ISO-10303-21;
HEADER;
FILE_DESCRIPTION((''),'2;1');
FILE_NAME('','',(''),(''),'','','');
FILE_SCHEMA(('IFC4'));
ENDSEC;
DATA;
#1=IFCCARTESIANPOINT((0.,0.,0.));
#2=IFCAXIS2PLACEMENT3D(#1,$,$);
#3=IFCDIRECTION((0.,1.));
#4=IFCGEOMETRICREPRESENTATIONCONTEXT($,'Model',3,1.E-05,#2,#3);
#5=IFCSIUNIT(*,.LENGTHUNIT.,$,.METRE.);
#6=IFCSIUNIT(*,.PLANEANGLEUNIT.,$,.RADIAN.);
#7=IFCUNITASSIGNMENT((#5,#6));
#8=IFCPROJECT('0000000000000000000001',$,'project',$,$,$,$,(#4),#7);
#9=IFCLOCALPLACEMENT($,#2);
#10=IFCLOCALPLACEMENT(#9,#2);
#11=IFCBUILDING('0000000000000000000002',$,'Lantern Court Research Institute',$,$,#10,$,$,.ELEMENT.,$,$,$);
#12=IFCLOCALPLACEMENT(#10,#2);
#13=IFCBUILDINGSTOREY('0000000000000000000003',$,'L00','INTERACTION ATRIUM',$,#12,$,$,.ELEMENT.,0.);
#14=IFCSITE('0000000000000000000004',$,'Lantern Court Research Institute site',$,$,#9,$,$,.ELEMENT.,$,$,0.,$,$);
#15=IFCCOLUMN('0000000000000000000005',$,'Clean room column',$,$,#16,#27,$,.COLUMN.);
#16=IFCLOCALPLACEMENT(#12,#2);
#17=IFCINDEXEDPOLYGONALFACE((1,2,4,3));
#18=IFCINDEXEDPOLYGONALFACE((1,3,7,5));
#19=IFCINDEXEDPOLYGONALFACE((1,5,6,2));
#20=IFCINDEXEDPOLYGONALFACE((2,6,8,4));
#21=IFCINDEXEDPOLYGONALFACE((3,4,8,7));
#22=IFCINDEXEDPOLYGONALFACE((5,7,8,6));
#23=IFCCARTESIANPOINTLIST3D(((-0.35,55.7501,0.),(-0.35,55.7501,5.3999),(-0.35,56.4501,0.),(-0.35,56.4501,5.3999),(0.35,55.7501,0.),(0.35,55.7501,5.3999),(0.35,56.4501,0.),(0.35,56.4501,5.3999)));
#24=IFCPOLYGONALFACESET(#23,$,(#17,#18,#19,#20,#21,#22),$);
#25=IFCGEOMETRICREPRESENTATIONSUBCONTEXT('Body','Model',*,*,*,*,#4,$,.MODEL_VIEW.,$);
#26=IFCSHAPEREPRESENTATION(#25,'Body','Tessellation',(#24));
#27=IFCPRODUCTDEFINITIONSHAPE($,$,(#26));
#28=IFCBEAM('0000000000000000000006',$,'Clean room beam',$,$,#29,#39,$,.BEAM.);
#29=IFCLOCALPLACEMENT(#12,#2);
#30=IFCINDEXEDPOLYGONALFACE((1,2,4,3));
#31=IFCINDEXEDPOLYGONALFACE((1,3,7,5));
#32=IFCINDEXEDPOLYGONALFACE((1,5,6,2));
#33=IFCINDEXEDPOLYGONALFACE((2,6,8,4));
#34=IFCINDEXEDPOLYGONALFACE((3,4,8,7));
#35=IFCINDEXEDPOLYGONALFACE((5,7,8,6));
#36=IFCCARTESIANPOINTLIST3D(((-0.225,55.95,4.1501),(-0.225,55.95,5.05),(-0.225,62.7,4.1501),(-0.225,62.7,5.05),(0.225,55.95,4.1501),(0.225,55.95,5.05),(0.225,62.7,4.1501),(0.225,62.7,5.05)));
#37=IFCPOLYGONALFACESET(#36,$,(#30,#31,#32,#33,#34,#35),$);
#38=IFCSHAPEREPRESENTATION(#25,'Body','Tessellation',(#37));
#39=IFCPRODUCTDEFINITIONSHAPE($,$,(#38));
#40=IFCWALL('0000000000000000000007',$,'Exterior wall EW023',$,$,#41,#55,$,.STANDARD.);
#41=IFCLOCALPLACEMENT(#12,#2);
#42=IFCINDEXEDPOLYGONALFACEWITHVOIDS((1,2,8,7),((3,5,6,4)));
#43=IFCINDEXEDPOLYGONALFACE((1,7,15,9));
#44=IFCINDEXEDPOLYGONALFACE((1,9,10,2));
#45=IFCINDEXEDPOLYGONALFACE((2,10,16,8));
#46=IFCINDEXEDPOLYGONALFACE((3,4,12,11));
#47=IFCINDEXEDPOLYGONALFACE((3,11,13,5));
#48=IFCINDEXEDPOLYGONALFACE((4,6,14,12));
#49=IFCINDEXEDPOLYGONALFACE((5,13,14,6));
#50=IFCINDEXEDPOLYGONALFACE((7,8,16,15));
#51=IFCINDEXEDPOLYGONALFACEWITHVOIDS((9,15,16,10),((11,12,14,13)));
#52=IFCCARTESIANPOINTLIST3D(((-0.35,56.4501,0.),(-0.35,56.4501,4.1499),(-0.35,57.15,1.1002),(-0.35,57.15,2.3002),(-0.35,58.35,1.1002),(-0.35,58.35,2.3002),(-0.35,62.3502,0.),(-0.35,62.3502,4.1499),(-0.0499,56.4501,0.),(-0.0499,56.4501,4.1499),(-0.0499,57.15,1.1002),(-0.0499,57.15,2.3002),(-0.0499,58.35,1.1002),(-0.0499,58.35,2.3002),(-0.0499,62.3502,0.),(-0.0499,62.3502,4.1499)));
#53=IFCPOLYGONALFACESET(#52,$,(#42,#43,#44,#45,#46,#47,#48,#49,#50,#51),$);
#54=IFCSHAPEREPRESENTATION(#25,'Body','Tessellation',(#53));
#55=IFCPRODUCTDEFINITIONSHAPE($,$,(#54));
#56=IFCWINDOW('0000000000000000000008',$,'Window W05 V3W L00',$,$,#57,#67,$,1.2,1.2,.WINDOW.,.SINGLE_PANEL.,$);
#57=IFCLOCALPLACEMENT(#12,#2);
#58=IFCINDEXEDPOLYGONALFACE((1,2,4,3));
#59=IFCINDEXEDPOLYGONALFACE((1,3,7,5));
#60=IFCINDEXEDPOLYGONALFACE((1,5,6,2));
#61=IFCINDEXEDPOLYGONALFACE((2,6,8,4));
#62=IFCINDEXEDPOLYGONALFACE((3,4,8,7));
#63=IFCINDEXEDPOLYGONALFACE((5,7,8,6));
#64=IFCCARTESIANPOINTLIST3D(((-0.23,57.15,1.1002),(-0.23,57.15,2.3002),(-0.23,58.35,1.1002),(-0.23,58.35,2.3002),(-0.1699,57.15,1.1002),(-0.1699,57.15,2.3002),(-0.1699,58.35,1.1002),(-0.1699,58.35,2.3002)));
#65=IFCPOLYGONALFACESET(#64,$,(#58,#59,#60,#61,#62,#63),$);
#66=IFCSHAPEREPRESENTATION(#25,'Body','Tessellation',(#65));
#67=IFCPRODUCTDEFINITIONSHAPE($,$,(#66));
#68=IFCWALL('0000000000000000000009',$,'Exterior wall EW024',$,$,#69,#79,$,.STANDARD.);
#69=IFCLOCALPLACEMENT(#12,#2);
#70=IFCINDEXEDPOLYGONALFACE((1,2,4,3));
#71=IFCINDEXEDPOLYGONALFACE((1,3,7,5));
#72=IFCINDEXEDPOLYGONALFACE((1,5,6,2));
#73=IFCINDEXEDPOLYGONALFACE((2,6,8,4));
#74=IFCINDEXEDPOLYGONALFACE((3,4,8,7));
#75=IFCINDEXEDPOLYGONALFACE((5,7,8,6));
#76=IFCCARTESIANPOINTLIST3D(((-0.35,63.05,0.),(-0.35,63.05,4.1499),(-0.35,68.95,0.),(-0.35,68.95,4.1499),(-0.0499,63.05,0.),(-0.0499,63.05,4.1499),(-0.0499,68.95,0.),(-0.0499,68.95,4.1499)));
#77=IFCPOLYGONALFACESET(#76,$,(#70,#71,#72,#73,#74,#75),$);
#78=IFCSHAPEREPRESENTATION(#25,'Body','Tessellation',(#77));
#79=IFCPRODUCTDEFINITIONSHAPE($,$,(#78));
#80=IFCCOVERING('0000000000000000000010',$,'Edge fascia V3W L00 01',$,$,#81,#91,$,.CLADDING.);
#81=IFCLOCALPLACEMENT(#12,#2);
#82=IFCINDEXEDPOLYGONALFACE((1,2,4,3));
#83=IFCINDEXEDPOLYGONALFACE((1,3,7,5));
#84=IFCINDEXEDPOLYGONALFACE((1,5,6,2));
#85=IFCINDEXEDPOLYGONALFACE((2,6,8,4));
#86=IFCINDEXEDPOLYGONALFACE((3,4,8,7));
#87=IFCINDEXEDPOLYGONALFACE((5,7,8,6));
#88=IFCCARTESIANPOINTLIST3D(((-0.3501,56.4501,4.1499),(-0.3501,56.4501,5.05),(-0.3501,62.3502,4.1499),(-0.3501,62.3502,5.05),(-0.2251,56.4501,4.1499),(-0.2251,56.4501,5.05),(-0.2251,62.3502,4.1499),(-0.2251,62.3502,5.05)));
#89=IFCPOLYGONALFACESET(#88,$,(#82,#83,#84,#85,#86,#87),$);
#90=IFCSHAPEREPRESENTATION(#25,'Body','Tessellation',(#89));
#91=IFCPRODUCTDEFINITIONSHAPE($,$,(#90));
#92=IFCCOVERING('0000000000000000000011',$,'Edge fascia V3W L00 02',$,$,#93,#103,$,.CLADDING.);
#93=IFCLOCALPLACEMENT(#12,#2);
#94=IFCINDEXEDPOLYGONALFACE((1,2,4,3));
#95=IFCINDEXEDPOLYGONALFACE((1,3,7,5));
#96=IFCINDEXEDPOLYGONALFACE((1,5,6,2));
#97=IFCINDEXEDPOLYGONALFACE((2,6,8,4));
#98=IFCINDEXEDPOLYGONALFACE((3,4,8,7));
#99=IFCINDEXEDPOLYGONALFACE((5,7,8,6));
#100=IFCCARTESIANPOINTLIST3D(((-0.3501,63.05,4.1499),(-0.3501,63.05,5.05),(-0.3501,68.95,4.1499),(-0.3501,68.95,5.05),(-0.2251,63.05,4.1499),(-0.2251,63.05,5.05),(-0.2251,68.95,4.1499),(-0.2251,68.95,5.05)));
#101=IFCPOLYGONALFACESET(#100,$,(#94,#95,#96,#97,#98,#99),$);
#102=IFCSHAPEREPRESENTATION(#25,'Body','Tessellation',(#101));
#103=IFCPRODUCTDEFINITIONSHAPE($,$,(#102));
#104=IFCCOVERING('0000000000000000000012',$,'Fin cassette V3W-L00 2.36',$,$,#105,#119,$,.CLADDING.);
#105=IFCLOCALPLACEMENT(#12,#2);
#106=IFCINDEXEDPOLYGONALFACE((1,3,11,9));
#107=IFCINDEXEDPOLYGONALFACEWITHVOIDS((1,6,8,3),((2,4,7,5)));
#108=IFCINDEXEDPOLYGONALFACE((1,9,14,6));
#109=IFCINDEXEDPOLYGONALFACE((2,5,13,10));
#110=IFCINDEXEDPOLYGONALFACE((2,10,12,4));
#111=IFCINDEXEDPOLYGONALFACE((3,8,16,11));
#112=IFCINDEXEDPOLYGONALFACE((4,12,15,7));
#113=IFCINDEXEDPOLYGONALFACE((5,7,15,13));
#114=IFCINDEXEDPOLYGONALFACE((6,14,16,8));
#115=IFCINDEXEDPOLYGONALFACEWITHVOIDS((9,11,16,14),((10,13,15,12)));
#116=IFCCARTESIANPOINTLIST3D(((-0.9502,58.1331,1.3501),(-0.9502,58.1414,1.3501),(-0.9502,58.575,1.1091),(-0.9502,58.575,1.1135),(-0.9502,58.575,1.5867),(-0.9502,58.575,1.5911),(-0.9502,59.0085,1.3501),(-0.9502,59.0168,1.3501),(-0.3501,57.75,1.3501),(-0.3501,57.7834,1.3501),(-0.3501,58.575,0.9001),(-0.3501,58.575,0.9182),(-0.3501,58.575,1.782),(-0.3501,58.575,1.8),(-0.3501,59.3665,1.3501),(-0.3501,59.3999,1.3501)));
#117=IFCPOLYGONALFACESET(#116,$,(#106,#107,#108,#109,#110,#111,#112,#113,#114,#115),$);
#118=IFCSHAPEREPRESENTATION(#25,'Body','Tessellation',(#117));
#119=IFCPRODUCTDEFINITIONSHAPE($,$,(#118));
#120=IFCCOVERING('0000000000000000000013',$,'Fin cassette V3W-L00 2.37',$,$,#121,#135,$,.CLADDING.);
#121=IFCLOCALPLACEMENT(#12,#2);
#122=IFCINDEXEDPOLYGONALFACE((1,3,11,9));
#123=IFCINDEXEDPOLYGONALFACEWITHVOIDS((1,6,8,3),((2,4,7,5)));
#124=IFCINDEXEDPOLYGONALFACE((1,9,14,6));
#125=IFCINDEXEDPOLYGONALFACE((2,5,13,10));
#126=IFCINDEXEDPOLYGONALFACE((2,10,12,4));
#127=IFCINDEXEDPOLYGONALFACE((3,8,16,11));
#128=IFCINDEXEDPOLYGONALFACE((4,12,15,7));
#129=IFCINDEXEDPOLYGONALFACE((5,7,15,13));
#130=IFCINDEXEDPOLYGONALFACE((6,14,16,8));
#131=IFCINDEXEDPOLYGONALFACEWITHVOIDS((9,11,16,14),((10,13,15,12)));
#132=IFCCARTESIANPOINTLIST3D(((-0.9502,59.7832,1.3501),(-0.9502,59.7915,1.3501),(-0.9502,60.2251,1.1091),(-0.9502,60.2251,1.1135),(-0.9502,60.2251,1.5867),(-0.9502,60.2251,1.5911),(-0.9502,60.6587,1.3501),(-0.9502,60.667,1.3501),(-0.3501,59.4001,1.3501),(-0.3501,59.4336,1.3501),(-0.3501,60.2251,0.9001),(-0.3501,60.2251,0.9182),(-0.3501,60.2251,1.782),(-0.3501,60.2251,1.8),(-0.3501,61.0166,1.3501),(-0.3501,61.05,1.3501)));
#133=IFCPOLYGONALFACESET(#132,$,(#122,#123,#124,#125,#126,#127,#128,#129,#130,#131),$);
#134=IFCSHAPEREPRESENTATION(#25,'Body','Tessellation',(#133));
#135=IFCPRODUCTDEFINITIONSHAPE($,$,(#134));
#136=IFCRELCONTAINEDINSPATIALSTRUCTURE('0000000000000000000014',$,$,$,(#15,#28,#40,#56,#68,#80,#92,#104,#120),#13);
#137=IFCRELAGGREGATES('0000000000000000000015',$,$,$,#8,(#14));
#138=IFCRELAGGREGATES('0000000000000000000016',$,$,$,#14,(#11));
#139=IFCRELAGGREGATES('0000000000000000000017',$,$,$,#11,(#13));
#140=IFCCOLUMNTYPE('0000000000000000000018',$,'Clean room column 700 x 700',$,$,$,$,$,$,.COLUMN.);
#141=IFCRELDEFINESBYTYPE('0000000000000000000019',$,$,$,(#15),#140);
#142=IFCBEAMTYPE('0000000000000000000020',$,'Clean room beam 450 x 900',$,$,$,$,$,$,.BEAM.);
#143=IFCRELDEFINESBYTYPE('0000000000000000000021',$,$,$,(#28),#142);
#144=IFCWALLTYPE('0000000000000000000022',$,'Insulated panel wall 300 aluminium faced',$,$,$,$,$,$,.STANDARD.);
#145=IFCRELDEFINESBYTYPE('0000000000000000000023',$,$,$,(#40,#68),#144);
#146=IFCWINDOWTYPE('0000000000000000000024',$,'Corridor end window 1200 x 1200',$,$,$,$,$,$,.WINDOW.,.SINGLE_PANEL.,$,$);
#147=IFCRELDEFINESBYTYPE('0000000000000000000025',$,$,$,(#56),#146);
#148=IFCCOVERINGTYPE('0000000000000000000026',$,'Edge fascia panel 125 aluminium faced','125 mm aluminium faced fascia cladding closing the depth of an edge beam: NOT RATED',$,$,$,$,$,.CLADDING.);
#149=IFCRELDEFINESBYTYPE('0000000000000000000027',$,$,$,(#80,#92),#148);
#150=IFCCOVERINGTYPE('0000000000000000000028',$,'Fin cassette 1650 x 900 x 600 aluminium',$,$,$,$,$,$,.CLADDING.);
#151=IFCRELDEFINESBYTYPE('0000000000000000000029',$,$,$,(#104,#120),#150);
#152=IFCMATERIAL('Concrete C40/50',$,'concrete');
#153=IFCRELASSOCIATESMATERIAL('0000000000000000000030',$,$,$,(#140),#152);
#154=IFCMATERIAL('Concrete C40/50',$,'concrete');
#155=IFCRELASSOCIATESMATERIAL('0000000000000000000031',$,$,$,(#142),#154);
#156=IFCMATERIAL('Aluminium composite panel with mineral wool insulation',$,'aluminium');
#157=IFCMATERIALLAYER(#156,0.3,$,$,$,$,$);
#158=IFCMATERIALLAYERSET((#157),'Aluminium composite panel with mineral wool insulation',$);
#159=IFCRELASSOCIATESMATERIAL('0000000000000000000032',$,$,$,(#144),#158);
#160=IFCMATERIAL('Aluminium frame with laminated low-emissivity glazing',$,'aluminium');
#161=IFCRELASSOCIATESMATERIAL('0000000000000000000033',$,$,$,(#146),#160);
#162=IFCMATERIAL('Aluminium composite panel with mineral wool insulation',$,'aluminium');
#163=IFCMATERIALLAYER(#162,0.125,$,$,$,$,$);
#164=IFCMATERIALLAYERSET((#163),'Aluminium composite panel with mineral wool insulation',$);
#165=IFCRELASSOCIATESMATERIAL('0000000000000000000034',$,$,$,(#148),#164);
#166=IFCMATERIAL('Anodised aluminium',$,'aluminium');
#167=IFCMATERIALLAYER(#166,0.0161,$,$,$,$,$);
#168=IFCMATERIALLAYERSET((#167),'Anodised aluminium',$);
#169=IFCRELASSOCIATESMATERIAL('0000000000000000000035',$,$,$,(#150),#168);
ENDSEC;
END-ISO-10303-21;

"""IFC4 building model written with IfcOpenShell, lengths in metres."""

from ifc_helpers import new_model, entity, si_unit, direction, frame, frame_2d, origin, origin_2d, place, context, subcontext, project, spatial, rectangle, extrude, material, layer, layer_set, material_profile, profile_set, type_object, element, fill, save


model = new_model("IFC4")

# Units and contexts
model_context = context("Model", 3, precision=1e-05, world=origin(), true_north=direction((0.0, 1.0)))
body_context = subcontext(model_context, "Body", "Model", "MODEL_VIEW")
ifc_project = project(units=[si_unit("LENGTHUNIT", "METRE"), si_unit("PLANEANGLEUNIT", "RADIAN")], contexts=[model_context])

# Site, building, storey
site_placement = place(None, origin())
site = spatial("IfcSite", under=ifc_project, at=site_placement, Name="Lantern Court Research Institute site", CompositionType="ELEMENT", RefElevation=0.0)
building_placement = place(site_placement, origin())
building = spatial("IfcBuilding", under=site, at=building_placement, Name="Lantern Court Research Institute", CompositionType="ELEMENT")
storey_placement = place(building_placement, origin())
storey = spatial("IfcBuildingStorey", under=building, at=storey_placement, Name="L00", Description="INTERACTION ATRIUM", CompositionType="ELEMENT", Elevation=0.0)

# Column
ifc_material_1 = material(Name="Concrete C40/50", Category="concrete")
ifc_material_profile_1 = material_profile(ifc_material_1, rectangle(XDim=0.7, YDim=0.7, at=origin_2d()), Name="Clean room column 700 x 700")
ifc_profile_set_1 = profile_set([ifc_material_profile_1], Name="Concrete C40/50")
column_type = type_object("IfcColumnType", Name="Clean room column 700 x 700", PredefinedType="COLUMN", material=ifc_profile_set_1)
column_placement = place(storey_placement, frame((0.0, 56.1001, 0.0), z_axis=(0.0, 0.0, 1.0), x_axis=(1.0, 0.0, 0.0)))
element("IfcColumn", 1, at=column_placement, inside=storey, type_object=column_type, Name="Clean room column", PredefinedType="COLUMN", context=body_context, shape_type="SweptSolid", body=[
    extrude(rectangle(XDim=0.7, YDim=0.7, at=origin_2d()), origin(), (0.0, 0.0, 1.0), 5.3999),
])

# Beam
ifc_material_2 = material(Name="Concrete C40/50", Category="concrete")
ifc_material_profile_2 = material_profile(ifc_material_2, rectangle(XDim=0.45, YDim=0.8999, at=origin_2d()), Name="Clean room beam 450 x 900")
ifc_profile_set_2 = profile_set([ifc_material_profile_2], Name="Concrete C40/50")
beam_type = type_object("IfcBeamType", Name="Clean room beam 450 x 900", PredefinedType="BEAM", material=ifc_profile_set_2)
beam_placement = place(storey_placement, frame((0.0, 55.95, 4.6001), z_axis=(0.0, 1.0, 0.0), x_axis=(-1.0, 0.0, 0.0)))
element("IfcBeam", 2, at=beam_placement, inside=storey, type_object=beam_type, Name="Clean room beam", PredefinedType="BEAM", context=body_context, shape_type="SweptSolid", body=[
    extrude(rectangle(XDim=0.45, YDim=0.8999, at=origin_2d()), origin(), (0.0, 0.0, 1.0), 6.75),
])

# Wall, opening, window
ifc_material_3 = material(Name="Aluminium composite panel with mineral wool insulation", Category="aluminium")
ifc_layer_1 = layer(ifc_material_3, 0.3)
ifc_layer_set_1 = layer_set([ifc_layer_1], Name="Aluminium composite panel with mineral wool insulation")
wall_type = type_object("IfcWallType", Name="Insulated panel wall 300 aluminium faced", PredefinedType="STANDARD", material=ifc_layer_set_1)
wall_1_placement = place(storey_placement, frame((-0.2, 56.45, 0.0), z_axis=(0.0, 0.0, 1.0), x_axis=(0.0, 1.0, 0.0)))
wall_1 = element("IfcWall", 3, at=wall_1_placement, inside=storey, type_object=wall_type, Name="Exterior wall EW023", PredefinedType="STANDARD", context=body_context, shape_type="SweptSolid", body=[
    extrude(rectangle(XDim=5.9001, YDim=0.3, at=frame_2d((2.9502, 0.0))), origin(), (0.0, 0.0, 1.0), 4.1499),
])
opening_placement = place(wall_1_placement, frame((0.7, 0.0, 1.1001)))
opening = element("IfcOpeningElement", 4, at=opening_placement, cuts=wall_1, PredefinedType="OPENING", context=body_context, shape_type="SweptSolid", body=[
    extrude(rectangle(XDim=1.2, YDim=1.2, at=frame_2d((0.6001, 0.6001))), frame((0.0, 0.1599, 0.0), z_axis=(0.0, -1.0, 0.0), x_axis=(1.0, 0.0, 0.0)), (0.0, 0.0, 1.0), 0.3201),
])
ifc_material_4 = material(Name="Aluminium frame with laminated low-emissivity glazing", Category="aluminium")
window_type = type_object("IfcWindowType", Name="Corridor end window 1200 x 1200", PartitioningType="SINGLE_PANEL", PredefinedType="WINDOW", material=ifc_material_4)
window_placement = place(opening_placement, origin())
window = element("IfcWindow", 5, at=window_placement, inside=storey, type_object=window_type, Name="Window W05 V3W L00", OverallHeight=1.2, OverallWidth=1.2, PartitioningType="SINGLE_PANEL", PredefinedType="WINDOW", context=body_context, shape_type="SweptSolid", body=[
    extrude(rectangle(XDim=1.2, YDim=1.2, at=frame_2d((0.6001, 0.6001))), frame((0.0, 0.03, 0.0), z_axis=(0.0, -1.0, 0.0), x_axis=(1.0, 0.0, 0.0)), (0.0, 0.0, 1.0), 0.0601),
])
fill(opening, window)

# Wall
wall_2_placement = place(storey_placement, frame((-0.2, 63.05, 0.0), z_axis=(0.0, 0.0, 1.0), x_axis=(0.0, 1.0, 0.0)))
element("IfcWall", 6, at=wall_2_placement, inside=storey, type_object=wall_type, Name="Exterior wall EW024", PredefinedType="STANDARD", context=body_context, shape_type="SweptSolid", body=[
    extrude(rectangle(XDim=5.8999, YDim=0.3, at=frame_2d((2.95, 0.0))), origin(), (0.0, 0.0, 1.0), 4.1499),
])

# Coverings
ifc_material_5 = material(Name="Aluminium composite panel with mineral wool insulation", Category="aluminium")
ifc_layer_2 = layer(ifc_material_5, 0.125)
ifc_layer_set_2 = layer_set([ifc_layer_2], Name="Aluminium composite panel with mineral wool insulation")
covering_type_1 = type_object("IfcCoveringType", Name="Edge fascia panel 125 aluminium faced", Description="125 mm aluminium faced fascia cladding closing the depth of an edge beam: NOT RATED", PredefinedType="CLADDING", material=ifc_layer_set_2)
covering_1_placement = place(storey_placement, frame((-0.2876, 56.45, 4.1499), z_axis=(0.0, 0.0, 1.0), x_axis=(0.0, 1.0, 0.0)))
element("IfcCovering", 7, at=covering_1_placement, inside=storey, type_object=covering_type_1, Name="Edge fascia V3W L00 01", PredefinedType="CLADDING", context=body_context, shape_type="SweptSolid", body=[
    extrude(rectangle(XDim=5.9001, YDim=0.125, at=frame_2d((2.9502, 0.0))), origin(), (0.0, 0.0, 1.0), 0.9001),
])
covering_2_placement = place(storey_placement, frame((-0.2876, 63.05, 4.1499), z_axis=(0.0, 0.0, 1.0), x_axis=(0.0, 1.0, 0.0)))
element("IfcCovering", 8, at=covering_2_placement, inside=storey, type_object=covering_type_1, Name="Edge fascia V3W L00 02", PredefinedType="CLADDING", context=body_context, shape_type="SweptSolid", body=[
    extrude(rectangle(XDim=5.8999, YDim=0.125, at=frame_2d((2.95, 0.0))), origin(), (0.0, 0.0, 1.0), 0.9001),
])
ifc_material_6 = material(Name="Anodised aluminium", Category="aluminium")
ifc_layer_3 = layer(ifc_material_6, 0.0161)
ifc_layer_set_3 = layer_set([ifc_layer_3], Name="Anodised aluminium")
covering_type_2 = type_object("IfcCoveringType", Name="Fin cassette 1650 x 900 x 600 aluminium", PredefinedType="CLADDING", material=ifc_layer_set_3)
covering_3_placement = place(storey_placement, frame((-0.3501, 58.575, 1.3501), z_axis=(-1.0, 0.0, 0.0), x_axis=(0.0, -1.0, 0.0)))
cartesian_point_1 = entity("IfcCartesianPoint", [0.825, 0.0])
cartesian_point_2 = entity("IfcCartesianPoint", [0.7915, 0.0])
cartesian_point_3 = entity("IfcCartesianPoint", [0.4419, 0.0])
cartesian_point_4 = entity("IfcCartesianPoint", [0.4336, 0.0])
element("IfcCovering", 9, at=covering_3_placement, inside=storey, type_object=covering_type_2, Name="Fin cassette V3W-L00 2.36", PredefinedType="CLADDING", context=body_context, shape_type="SweptSolid", body=[
    entity("IfcExtrudedAreaSolidTapered", entity("IfcArbitraryProfileDefWithVoids", "AREA", None, entity("IfcPolyline", [cartesian_point_1, entity("IfcCartesianPoint", [0.0, 0.45]), entity("IfcCartesianPoint", [-0.825, 0.0]), entity("IfcCartesianPoint", [0.0, -0.45]), cartesian_point_1]), [entity("IfcPolyline", [cartesian_point_2, entity("IfcCartesianPoint", [0.0, 0.4319]), entity("IfcCartesianPoint", [-0.7915, 0.0]), entity("IfcCartesianPoint", [0.0, -0.4319]), cartesian_point_2])]), entity("IfcAxis2Placement3D", entity("IfcCartesianPoint", [0.0, 0.0, 0.0])), entity("IfcDirection", [0.0, 0.0, 1.0]), 0.6001, entity("IfcArbitraryProfileDefWithVoids", "AREA", None, entity("IfcPolyline", [cartesian_point_3, entity("IfcCartesianPoint", [0.0, 0.241]), entity("IfcCartesianPoint", [-0.4419, 0.0]), entity("IfcCartesianPoint", [0.0, -0.241]), cartesian_point_3]), [entity("IfcPolyline", [cartesian_point_4, entity("IfcCartesianPoint", [0.0, 0.2366]), entity("IfcCartesianPoint", [-0.4336, 0.0]), entity("IfcCartesianPoint", [0.0, -0.2366]), cartesian_point_4])])),
])
covering_4_placement = place(storey_placement, frame((-0.3501, 60.2251, 1.3501), z_axis=(-1.0, 0.0, 0.0), x_axis=(0.0, -1.0, 0.0)))
cartesian_point_5 = entity("IfcCartesianPoint", [0.825, 0.0])
cartesian_point_6 = entity("IfcCartesianPoint", [0.7915, 0.0])
cartesian_point_7 = entity("IfcCartesianPoint", [0.4419, 0.0])
cartesian_point_8 = entity("IfcCartesianPoint", [0.4336, 0.0])
element("IfcCovering", 10, at=covering_4_placement, inside=storey, type_object=covering_type_2, Name="Fin cassette V3W-L00 2.37", PredefinedType="CLADDING", context=body_context, shape_type="SweptSolid", body=[
    entity("IfcExtrudedAreaSolidTapered", entity("IfcArbitraryProfileDefWithVoids", "AREA", None, entity("IfcPolyline", [cartesian_point_5, entity("IfcCartesianPoint", [0.0, 0.45]), entity("IfcCartesianPoint", [-0.825, 0.0]), entity("IfcCartesianPoint", [0.0, -0.45]), cartesian_point_5]), [entity("IfcPolyline", [cartesian_point_6, entity("IfcCartesianPoint", [0.0, 0.4319]), entity("IfcCartesianPoint", [-0.7915, 0.0]), entity("IfcCartesianPoint", [0.0, -0.4319]), cartesian_point_6])]), entity("IfcAxis2Placement3D", entity("IfcCartesianPoint", [0.0, 0.0, 0.0])), entity("IfcDirection", [0.0, 0.0, 1.0]), 0.6001, entity("IfcArbitraryProfileDefWithVoids", "AREA", None, entity("IfcPolyline", [cartesian_point_7, entity("IfcCartesianPoint", [0.0, 0.241]), entity("IfcCartesianPoint", [-0.4419, 0.0]), entity("IfcCartesianPoint", [0.0, -0.241]), cartesian_point_7]), [entity("IfcPolyline", [cartesian_point_8, entity("IfcCartesianPoint", [0.0, 0.2366]), entity("IfcCartesianPoint", [-0.4336, 0.0]), entity("IfcCartesianPoint", [0.0, -0.2366]), cartesian_point_8])])),
])

save(model, "model.ifc")
